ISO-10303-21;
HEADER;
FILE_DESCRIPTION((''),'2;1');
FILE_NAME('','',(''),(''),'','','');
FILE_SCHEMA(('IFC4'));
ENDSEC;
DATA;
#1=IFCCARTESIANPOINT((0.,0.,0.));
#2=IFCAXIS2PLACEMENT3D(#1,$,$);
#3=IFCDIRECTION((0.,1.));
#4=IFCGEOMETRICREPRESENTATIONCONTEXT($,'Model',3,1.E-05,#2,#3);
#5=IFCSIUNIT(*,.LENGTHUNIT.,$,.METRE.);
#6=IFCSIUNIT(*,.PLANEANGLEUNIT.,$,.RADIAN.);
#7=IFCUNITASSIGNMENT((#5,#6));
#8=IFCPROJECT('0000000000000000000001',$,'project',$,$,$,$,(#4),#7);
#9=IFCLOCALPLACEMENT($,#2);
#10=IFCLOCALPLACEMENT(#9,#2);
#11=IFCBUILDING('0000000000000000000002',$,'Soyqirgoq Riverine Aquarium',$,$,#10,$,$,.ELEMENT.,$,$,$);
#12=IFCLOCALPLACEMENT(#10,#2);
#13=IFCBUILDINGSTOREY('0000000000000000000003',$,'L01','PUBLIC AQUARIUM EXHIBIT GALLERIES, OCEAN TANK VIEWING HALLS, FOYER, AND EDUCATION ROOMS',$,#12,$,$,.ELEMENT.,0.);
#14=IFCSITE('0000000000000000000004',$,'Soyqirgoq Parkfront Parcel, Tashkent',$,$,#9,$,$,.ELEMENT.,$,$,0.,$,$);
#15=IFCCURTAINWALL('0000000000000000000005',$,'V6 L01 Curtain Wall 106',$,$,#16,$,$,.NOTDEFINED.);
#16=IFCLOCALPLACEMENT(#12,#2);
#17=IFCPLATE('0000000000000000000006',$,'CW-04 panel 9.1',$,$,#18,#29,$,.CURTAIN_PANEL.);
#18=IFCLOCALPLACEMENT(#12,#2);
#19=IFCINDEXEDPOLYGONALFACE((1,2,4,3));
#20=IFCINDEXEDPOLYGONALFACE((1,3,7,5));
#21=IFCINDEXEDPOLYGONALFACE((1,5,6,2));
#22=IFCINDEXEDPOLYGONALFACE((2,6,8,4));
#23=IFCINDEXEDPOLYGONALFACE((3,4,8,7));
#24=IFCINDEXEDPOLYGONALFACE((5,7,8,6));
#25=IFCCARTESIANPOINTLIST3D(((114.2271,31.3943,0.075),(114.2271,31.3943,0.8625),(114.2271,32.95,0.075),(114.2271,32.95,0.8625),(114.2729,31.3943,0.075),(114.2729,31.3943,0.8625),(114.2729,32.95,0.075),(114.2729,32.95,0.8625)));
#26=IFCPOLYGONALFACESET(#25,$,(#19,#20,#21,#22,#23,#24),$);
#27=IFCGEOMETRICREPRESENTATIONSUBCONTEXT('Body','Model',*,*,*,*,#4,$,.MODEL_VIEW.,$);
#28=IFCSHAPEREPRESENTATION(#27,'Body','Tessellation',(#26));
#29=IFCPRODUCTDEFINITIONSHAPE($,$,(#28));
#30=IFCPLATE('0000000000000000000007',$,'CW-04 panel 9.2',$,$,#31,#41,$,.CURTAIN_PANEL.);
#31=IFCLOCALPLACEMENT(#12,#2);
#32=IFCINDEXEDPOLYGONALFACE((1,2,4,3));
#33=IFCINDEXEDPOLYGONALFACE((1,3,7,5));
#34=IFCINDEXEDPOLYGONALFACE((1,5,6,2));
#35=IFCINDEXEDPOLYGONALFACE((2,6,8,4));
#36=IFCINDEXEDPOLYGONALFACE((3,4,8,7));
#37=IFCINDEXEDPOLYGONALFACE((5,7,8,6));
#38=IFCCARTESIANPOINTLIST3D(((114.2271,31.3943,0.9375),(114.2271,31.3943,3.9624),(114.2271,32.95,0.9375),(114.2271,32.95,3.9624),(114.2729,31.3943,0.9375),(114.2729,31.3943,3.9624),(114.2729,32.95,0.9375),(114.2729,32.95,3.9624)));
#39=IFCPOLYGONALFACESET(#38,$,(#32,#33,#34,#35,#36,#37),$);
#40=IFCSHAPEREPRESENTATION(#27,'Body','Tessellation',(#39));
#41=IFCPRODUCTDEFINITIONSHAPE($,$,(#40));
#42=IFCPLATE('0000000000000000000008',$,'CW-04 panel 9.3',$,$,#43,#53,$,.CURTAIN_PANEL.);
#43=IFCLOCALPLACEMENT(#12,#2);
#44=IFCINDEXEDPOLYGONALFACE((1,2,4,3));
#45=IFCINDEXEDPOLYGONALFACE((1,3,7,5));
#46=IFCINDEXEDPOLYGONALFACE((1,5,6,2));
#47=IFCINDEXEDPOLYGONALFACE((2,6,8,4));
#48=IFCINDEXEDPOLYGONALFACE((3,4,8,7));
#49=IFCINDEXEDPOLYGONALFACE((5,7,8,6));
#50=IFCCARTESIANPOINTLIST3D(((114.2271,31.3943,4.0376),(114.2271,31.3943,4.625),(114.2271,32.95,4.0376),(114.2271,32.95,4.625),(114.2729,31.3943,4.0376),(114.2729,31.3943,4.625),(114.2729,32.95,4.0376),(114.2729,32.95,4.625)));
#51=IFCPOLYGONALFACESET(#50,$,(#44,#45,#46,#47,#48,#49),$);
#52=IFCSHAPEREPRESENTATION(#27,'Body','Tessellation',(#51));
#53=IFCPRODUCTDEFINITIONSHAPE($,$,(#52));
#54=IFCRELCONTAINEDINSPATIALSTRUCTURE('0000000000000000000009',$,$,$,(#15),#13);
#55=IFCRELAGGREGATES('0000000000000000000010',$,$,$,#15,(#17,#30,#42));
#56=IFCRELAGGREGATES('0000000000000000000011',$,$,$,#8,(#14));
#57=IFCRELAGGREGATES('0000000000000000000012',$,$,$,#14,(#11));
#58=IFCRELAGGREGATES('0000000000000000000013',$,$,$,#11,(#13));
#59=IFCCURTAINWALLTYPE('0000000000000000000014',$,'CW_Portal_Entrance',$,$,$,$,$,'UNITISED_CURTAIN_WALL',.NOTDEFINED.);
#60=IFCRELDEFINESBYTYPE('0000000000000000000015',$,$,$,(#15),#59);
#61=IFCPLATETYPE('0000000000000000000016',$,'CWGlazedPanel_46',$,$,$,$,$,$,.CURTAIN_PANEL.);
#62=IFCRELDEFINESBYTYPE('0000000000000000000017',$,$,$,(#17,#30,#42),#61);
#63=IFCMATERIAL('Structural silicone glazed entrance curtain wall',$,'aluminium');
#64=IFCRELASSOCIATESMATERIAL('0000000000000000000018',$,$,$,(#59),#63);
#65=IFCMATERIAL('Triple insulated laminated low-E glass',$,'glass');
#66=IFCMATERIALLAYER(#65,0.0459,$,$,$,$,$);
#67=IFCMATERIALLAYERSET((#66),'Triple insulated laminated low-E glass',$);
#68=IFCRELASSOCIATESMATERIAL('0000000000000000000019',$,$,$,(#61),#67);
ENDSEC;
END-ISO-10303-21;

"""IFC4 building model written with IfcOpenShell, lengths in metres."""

from ifc_helpers import new_model, si_unit, direction, frame, origin, origin_2d, place, context, subcontext, project, spatial, rectangle, extrude, material, layer, layer_set, type_object, element, aggregate, save


model = new_model("IFC4")

# Units and contexts
model_context = context("Model", 3, precision=1e-05, world=origin(), true_north=direction((0.0, 1.0)))
body_context = subcontext(model_context, "Body", "Model", "MODEL_VIEW")
ifc_project = project(units=[si_unit("LENGTHUNIT", "METRE"), si_unit("PLANEANGLEUNIT", "RADIAN")], contexts=[model_context])

# Site, building, storey
site_placement = place(None, origin())
site = spatial("IfcSite", under=ifc_project, at=site_placement, Name="Soyqirgoq Parkfront Parcel, Tashkent", CompositionType="ELEMENT", RefElevation=0.0)
building_placement = place(site_placement, origin())
building = spatial("IfcBuilding", under=site, at=building_placement, Name="Soyqirgoq Riverine Aquarium", CompositionType="ELEMENT")
storey_placement = place(building_placement, origin())
storey = spatial("IfcBuildingStorey", under=building, at=storey_placement, Name="L01", Description="PUBLIC AQUARIUM EXHIBIT GALLERIES, OCEAN TANK VIEWING HALLS, FOYER, AND EDUCATION ROOMS", CompositionType="ELEMENT", Elevation=0.0)

# Curtain wall, plates
ifc_material_1 = material(Name="Structural silicone glazed entrance curtain wall", Category="aluminium")
curtain_wall_type = type_object("IfcCurtainWallType", Name="CW_Portal_Entrance", ElementType="UNITISED_CURTAIN_WALL", PredefinedType="NOTDEFINED", material=ifc_material_1)
curtain_wall_placement = place(storey_placement, origin())
curtain_wall = element("IfcCurtainWall", 1, at=curtain_wall_placement, inside=storey, type_object=curtain_wall_type, Name="V6 L01 Curtain Wall 106", PredefinedType="NOTDEFINED")
ifc_material_2 = material(Name="Triple insulated laminated low-E glass", Category="glass")
ifc_layer = layer(ifc_material_2, 0.0459)
ifc_layer_set = layer_set([ifc_layer], Name="Triple insulated laminated low-E glass")
plate_type = type_object("IfcPlateType", Name="CWGlazedPanel_46", PredefinedType="CURTAIN_PANEL", material=ifc_layer_set)
plate_1_placement = place(storey_placement, frame((114.25, 32.1721, 0.075), z_axis=(0.0, 0.0, 1.0), x_axis=(0.0, 1.0, 0.0)))
plate_1 = element("IfcPlate", 2, at=plate_1_placement, type_object=plate_type, Name="CW-04 panel 9.1", PredefinedType="CURTAIN_PANEL", context=body_context, shape_type="SweptSolid", body=[
    extrude(rectangle(XDim=1.5557, YDim=0.0459, at=origin_2d()), origin(), (0.0, 0.0, 1.0), 0.7876),
])
plate_2_placement = place(storey_placement, frame((114.25, 32.1721, 0.9375), z_axis=(0.0, 0.0, 1.0), x_axis=(0.0, 1.0, 0.0)))
plate_2 = element("IfcPlate", 3, at=plate_2_placement, type_object=plate_type, Name="CW-04 panel 9.2", PredefinedType="CURTAIN_PANEL", context=body_context, shape_type="SweptSolid", body=[
    extrude(rectangle(XDim=1.5557, YDim=0.0459, at=origin_2d()), origin(), (0.0, 0.0, 1.0), 3.0249),
])
plate_3_placement = place(storey_placement, frame((114.25, 32.1721, 4.0376), z_axis=(0.0, 0.0, 1.0), x_axis=(0.0, 1.0, 0.0)))
plate_3 = element("IfcPlate", 4, at=plate_3_placement, type_object=plate_type, Name="CW-04 panel 9.3", PredefinedType="CURTAIN_PANEL", context=body_context, shape_type="SweptSolid", body=[
    extrude(rectangle(XDim=1.5557, YDim=0.0459, at=origin_2d()), origin(), (0.0, 0.0, 1.0), 0.5874),
])
aggregate(curtain_wall, [plate_1, plate_2, plate_3])

save(model, "model.ifc")
